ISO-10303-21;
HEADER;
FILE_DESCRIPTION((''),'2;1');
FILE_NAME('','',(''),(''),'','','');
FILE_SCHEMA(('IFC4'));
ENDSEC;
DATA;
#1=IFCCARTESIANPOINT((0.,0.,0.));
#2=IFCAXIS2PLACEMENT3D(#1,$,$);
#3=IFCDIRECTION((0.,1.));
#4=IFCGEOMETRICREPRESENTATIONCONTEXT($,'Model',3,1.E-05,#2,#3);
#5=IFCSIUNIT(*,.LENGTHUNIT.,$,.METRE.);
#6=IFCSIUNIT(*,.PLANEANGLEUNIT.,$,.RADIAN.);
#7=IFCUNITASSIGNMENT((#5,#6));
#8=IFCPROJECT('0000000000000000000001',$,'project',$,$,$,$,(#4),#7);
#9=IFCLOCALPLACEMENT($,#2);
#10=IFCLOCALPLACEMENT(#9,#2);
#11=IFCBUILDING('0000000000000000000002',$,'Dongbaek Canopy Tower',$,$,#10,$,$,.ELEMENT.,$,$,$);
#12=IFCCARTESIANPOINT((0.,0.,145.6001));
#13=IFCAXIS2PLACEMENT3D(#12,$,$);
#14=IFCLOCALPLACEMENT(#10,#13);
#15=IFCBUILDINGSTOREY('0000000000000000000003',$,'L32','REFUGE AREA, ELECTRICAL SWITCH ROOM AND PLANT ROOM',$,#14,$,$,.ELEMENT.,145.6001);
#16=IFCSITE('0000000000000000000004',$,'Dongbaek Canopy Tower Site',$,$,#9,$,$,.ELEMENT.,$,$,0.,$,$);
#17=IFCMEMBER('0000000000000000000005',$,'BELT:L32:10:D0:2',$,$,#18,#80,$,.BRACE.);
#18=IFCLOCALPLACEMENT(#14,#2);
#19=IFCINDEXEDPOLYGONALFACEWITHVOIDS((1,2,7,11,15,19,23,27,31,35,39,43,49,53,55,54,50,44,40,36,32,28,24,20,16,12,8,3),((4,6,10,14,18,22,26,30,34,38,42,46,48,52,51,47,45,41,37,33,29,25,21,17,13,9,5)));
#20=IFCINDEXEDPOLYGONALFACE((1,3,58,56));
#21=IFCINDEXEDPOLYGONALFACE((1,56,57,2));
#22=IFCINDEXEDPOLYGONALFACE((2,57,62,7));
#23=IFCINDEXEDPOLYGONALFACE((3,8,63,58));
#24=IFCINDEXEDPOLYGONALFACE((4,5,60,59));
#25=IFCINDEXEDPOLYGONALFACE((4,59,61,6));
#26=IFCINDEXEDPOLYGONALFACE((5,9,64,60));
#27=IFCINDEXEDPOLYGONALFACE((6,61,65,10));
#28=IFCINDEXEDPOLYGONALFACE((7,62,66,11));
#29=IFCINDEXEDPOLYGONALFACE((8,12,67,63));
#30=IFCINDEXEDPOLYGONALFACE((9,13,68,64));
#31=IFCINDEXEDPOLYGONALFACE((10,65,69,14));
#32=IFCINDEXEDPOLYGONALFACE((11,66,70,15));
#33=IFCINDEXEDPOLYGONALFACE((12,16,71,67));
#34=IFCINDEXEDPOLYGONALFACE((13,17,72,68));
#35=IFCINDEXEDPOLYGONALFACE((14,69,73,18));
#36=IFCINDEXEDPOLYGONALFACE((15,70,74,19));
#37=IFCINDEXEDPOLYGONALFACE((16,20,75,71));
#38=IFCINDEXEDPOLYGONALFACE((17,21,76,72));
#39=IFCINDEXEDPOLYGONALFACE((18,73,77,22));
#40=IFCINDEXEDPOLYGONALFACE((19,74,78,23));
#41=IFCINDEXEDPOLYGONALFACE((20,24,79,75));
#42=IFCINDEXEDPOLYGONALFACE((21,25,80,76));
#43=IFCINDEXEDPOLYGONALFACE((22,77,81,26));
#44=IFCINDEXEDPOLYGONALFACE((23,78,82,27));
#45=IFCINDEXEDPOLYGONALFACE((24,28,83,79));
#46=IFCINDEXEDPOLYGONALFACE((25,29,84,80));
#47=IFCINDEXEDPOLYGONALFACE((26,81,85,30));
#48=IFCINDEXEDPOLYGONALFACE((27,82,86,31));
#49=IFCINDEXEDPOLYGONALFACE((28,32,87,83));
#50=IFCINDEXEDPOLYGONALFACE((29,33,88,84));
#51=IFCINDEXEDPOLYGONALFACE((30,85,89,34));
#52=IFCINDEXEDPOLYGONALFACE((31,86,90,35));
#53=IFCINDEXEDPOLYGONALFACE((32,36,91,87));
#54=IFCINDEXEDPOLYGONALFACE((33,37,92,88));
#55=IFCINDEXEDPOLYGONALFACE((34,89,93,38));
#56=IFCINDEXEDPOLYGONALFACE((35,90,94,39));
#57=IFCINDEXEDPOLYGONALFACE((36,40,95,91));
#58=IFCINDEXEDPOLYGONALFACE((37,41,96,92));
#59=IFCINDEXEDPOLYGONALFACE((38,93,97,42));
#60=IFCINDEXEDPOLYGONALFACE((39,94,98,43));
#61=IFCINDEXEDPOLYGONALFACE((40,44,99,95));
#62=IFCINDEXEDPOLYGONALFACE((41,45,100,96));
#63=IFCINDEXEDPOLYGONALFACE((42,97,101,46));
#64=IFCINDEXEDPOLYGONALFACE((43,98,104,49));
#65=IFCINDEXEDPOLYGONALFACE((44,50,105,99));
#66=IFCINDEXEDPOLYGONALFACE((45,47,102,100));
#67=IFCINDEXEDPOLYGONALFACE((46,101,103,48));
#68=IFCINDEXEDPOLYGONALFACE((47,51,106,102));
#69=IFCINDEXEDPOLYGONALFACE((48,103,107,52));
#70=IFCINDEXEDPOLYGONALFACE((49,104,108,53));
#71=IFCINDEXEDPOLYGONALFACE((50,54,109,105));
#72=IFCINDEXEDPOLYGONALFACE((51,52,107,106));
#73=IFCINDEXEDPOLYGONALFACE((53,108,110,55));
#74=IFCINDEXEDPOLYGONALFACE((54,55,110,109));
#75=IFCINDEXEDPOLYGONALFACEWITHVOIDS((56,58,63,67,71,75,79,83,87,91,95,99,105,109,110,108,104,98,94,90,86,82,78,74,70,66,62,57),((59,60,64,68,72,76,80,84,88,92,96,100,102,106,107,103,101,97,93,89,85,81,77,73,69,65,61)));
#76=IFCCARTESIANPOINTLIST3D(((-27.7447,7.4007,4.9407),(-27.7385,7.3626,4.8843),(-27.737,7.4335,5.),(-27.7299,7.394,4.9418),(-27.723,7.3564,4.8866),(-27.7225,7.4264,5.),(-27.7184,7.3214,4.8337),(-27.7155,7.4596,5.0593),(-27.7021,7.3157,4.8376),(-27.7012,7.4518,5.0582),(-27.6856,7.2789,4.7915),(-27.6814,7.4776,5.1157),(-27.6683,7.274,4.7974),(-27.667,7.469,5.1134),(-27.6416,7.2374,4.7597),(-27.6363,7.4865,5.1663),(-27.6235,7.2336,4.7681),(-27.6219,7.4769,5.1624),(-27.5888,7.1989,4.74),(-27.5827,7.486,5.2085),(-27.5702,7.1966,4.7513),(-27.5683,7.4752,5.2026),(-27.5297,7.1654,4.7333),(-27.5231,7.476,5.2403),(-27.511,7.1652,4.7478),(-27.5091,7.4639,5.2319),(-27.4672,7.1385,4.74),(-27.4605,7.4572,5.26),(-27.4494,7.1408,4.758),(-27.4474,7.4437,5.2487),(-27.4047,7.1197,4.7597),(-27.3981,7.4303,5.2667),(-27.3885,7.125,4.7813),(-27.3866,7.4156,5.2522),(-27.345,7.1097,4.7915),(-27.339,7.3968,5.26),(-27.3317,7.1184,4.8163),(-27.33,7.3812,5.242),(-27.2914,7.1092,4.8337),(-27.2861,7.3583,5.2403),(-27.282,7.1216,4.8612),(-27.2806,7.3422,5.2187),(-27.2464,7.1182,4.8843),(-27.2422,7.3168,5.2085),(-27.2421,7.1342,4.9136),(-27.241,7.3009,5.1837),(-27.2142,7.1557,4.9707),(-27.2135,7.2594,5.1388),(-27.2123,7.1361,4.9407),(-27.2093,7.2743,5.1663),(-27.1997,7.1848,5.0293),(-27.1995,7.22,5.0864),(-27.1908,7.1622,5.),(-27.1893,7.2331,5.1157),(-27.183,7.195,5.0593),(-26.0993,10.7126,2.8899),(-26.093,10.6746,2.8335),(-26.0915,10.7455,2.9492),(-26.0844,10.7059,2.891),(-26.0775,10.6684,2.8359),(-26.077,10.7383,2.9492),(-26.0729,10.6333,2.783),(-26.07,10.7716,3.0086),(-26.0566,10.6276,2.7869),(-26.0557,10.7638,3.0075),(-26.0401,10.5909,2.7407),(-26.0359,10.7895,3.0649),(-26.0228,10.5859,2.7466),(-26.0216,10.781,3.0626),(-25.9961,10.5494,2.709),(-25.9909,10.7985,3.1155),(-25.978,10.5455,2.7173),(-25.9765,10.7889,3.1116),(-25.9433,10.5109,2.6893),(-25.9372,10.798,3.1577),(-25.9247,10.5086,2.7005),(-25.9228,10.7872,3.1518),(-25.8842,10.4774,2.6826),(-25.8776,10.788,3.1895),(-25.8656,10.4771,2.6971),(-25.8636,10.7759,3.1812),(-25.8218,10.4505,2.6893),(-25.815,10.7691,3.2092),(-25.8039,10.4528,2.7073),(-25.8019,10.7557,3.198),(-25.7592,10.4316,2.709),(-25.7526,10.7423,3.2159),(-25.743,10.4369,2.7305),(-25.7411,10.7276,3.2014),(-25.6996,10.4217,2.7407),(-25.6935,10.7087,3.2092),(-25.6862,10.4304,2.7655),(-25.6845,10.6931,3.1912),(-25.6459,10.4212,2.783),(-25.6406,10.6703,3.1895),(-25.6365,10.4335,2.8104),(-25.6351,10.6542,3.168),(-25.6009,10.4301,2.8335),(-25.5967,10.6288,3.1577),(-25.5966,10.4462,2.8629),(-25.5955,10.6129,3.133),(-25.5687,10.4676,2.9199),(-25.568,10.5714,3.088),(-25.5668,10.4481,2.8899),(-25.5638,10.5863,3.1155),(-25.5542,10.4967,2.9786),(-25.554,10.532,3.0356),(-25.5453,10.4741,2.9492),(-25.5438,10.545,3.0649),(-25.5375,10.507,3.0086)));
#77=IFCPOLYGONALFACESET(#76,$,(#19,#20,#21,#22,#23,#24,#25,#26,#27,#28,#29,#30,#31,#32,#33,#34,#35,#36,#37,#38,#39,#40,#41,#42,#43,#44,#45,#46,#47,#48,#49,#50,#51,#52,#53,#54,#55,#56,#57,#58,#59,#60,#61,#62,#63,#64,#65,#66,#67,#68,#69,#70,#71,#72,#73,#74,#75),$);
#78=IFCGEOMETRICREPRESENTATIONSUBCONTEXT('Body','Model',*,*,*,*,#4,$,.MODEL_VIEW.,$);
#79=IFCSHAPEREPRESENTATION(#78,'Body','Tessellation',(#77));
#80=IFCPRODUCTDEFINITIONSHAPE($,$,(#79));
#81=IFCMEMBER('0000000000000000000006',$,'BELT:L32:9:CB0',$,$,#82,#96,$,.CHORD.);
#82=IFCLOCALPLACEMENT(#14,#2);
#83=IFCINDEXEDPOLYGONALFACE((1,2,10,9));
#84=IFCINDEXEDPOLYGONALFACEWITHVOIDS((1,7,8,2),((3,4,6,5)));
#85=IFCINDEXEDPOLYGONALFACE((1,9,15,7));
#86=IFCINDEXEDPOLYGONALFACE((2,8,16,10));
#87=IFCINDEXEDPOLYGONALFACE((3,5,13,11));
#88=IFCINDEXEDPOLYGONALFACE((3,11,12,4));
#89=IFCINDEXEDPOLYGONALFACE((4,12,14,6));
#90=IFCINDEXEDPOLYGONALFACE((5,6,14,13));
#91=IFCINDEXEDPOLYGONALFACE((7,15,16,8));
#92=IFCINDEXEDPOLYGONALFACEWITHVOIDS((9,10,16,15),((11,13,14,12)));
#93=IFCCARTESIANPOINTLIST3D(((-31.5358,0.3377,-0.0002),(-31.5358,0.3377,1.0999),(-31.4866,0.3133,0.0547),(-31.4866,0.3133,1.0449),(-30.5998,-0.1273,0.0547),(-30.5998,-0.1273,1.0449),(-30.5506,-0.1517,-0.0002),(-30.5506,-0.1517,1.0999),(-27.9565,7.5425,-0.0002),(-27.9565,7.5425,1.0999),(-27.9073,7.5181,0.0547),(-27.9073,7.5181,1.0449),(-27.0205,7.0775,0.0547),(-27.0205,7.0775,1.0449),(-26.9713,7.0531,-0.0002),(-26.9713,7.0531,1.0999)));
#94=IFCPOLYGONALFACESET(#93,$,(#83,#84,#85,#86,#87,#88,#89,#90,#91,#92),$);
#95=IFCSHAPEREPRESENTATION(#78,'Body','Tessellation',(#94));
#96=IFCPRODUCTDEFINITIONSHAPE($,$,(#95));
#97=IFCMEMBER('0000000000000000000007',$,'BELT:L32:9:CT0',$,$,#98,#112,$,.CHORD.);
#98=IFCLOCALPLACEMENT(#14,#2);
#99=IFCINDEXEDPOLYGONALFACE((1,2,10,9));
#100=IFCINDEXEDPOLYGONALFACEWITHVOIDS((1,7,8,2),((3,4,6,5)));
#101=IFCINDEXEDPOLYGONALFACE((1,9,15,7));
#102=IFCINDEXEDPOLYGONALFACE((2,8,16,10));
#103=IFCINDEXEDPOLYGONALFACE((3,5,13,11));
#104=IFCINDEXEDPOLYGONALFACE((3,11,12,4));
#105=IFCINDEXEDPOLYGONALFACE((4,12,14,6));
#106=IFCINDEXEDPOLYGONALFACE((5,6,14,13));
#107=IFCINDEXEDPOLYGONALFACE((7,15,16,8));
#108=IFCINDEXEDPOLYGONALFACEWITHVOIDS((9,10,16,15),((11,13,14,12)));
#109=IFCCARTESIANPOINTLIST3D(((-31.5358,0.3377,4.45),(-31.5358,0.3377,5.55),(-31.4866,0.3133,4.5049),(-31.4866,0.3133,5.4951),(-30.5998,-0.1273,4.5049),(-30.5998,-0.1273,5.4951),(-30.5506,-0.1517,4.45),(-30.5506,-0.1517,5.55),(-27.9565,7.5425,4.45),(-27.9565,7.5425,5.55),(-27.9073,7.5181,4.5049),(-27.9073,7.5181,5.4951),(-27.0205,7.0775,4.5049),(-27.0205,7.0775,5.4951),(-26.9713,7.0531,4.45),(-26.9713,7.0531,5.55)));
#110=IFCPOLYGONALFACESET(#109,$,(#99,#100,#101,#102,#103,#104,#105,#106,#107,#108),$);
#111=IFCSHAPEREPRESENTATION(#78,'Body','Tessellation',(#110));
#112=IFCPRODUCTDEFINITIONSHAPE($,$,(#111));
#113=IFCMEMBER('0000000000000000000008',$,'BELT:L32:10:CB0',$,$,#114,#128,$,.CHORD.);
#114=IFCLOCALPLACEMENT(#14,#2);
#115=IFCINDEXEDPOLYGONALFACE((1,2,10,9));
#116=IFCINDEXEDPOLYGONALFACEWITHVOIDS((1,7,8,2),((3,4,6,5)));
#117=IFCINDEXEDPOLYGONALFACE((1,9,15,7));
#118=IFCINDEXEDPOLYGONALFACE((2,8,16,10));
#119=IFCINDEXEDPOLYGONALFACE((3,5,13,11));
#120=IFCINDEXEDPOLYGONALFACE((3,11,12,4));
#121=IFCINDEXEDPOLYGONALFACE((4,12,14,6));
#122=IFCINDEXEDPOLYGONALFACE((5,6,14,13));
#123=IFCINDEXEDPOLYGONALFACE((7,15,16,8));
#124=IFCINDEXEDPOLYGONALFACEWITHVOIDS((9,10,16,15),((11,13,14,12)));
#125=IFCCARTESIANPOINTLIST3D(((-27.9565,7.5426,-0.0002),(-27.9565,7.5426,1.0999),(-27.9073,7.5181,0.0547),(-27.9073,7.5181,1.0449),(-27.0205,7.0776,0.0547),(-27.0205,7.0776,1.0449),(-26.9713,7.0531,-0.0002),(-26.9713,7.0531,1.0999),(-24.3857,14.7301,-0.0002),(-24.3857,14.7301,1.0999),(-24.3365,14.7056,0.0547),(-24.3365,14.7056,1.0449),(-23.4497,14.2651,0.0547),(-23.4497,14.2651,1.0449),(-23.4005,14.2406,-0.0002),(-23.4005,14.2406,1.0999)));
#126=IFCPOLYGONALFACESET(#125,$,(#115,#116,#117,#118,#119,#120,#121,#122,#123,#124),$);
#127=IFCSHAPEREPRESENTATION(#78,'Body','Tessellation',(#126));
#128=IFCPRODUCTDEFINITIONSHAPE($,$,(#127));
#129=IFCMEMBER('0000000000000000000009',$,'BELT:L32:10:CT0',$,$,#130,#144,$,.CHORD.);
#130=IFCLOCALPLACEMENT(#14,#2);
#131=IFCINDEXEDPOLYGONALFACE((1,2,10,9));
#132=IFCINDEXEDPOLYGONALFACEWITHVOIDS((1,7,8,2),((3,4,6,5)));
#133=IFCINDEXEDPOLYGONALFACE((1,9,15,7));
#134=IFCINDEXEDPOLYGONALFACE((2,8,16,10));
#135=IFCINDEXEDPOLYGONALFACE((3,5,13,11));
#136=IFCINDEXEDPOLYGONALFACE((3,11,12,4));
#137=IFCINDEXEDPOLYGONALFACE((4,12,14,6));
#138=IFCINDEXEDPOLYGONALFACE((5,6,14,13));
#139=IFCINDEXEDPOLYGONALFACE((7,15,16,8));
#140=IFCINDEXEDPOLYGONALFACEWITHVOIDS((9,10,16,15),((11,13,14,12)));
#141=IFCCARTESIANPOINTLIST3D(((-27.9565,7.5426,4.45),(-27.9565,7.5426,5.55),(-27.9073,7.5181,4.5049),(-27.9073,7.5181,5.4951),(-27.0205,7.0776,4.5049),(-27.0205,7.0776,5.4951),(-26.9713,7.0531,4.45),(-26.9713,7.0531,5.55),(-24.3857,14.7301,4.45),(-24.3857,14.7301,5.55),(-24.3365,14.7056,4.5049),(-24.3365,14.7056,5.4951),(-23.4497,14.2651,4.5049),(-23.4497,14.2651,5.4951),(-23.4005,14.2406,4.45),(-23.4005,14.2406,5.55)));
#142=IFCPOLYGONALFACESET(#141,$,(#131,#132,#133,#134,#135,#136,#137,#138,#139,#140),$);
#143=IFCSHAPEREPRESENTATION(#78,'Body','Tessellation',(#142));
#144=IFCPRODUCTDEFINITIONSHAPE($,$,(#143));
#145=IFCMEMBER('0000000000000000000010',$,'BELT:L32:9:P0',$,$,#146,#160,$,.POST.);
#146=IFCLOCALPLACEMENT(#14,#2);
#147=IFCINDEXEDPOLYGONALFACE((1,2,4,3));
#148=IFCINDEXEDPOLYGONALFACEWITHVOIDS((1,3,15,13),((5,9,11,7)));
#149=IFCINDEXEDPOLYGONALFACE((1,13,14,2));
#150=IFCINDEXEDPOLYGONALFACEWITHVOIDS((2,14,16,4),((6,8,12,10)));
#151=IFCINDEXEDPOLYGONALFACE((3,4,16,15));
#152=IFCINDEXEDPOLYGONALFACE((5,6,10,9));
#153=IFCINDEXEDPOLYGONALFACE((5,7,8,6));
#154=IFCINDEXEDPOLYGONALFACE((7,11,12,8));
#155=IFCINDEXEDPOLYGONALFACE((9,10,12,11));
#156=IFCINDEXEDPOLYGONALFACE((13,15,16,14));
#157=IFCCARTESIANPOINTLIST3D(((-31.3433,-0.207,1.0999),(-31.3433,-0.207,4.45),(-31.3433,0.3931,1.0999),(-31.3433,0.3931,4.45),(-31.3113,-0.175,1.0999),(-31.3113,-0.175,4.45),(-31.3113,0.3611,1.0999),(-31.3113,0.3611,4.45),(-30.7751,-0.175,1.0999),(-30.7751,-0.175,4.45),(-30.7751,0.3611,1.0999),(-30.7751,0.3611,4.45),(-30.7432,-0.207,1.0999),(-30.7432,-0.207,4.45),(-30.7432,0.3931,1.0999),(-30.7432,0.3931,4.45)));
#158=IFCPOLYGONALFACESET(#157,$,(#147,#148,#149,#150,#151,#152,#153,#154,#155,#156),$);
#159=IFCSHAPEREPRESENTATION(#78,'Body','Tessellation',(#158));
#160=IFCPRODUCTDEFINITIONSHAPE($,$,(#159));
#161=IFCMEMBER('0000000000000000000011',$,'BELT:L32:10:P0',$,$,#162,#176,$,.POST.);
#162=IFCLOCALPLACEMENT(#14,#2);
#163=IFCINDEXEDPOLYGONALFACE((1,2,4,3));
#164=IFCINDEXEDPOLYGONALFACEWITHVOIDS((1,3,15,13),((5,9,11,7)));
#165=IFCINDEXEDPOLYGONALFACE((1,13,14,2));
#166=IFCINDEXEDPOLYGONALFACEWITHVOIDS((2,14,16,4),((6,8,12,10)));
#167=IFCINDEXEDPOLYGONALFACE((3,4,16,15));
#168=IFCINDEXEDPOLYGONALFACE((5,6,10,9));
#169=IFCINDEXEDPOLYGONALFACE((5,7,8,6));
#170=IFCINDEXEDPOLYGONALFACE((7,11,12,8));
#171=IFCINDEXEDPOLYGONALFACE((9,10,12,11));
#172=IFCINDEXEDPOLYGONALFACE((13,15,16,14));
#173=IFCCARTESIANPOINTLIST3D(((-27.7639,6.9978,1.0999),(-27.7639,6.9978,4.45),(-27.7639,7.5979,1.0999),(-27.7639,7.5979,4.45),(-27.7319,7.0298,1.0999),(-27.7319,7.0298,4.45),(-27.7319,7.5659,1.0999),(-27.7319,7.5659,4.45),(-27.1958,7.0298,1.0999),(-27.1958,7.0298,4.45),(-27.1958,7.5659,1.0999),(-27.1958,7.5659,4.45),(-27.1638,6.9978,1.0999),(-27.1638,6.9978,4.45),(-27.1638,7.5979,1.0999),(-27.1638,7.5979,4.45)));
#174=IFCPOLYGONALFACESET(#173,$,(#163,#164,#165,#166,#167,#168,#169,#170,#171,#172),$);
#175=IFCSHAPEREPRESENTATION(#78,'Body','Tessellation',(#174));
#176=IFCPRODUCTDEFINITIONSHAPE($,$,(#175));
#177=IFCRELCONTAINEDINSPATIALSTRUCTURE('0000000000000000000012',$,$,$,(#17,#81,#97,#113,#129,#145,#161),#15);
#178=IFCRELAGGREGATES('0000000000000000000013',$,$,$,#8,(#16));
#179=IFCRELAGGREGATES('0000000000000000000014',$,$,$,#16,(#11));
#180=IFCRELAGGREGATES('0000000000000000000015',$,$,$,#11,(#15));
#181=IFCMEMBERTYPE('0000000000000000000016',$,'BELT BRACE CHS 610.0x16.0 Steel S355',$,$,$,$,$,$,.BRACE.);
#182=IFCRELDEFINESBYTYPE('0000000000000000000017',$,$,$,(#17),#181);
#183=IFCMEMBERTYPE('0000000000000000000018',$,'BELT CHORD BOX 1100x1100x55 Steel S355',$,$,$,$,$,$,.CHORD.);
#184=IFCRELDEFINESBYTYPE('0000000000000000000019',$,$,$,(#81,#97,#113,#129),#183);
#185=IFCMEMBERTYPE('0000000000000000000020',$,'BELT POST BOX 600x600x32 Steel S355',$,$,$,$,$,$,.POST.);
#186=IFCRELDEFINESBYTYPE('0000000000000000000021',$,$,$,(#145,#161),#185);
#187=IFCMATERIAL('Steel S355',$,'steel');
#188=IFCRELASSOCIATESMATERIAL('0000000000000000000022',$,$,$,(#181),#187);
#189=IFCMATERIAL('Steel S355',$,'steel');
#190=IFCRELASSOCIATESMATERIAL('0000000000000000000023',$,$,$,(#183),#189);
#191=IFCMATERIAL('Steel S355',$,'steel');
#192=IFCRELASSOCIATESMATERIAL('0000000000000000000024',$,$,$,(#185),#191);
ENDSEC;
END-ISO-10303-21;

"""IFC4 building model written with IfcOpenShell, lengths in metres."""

from ifc_helpers import new_model, si_unit, direction, frame, origin, origin_2d, place, context, subcontext, project, spatial, hollow_rectangle, hollow_circle, extrude, material, material_profile, profile_set, type_object, element, save


model = new_model("IFC4")

# Units and contexts
model_context = context("Model", 3, precision=1e-05, world=origin(), true_north=direction((0.0, 1.0)))
body_context = subcontext(model_context, "Body", "Model", "MODEL_VIEW")
ifc_project = project(units=[si_unit("LENGTHUNIT", "METRE"), si_unit("PLANEANGLEUNIT", "RADIAN")], contexts=[model_context])

# Site, building, storey
site_placement = place(None, origin())
site = spatial("IfcSite", under=ifc_project, at=site_placement, Name="Dongbaek Canopy Tower Site", CompositionType="ELEMENT", RefElevation=0.0)
building_placement = place(site_placement, origin())
building = spatial("IfcBuilding", under=site, at=building_placement, Name="Dongbaek Canopy Tower", CompositionType="ELEMENT")
storey_placement = place(building_placement, frame((0.0, 0.0, 145.6001)))
storey = spatial("IfcBuildingStorey", under=building, at=storey_placement, Name="L32", Description="REFUGE AREA, ELECTRICAL SWITCH ROOM AND PLANT ROOM", CompositionType="ELEMENT", Elevation=145.6001)

# Members
ifc_material_1 = material(Name="Steel S355", Category="steel")
ifc_material_profile_1 = material_profile(ifc_material_1, hollow_circle(Radius=0.3049, WallThickness=0.0161, at=origin_2d()), Name="BELT BRACE CHS 610.0x16.0 Steel S355")
ifc_profile_set_1 = profile_set([ifc_material_profile_1], Name="Steel S355")
member_type_1 = type_object("IfcMemberType", Name="BELT BRACE CHS 610.0x16.0 Steel S355", PredefinedType="BRACE", material=ifc_profile_set_1)
member_1_placement = place(storey_placement, frame((-27.4639, 7.2979, 5.0), z_axis=(0.389119, 0.783202, -0.484955), x_axis=(-0.89556, 0.444941, 0.0)))
element("IfcMember", 1, at=member_1_placement, inside=storey, type_object=member_type_1, Name="BELT:L32:10:D0:2", PredefinedType="BRACE", context=body_context, shape_type="SweptSolid", body=[
    extrude(hollow_circle(Radius=0.3049, WallThickness=0.0161, at=origin_2d()), origin(), (0.0, 0.0, 1.0), 4.2288),
])
ifc_material_2 = material(Name="Steel S355", Category="steel")
ifc_material_profile_2 = material_profile(ifc_material_2, hollow_rectangle(XDim=1.1001, YDim=1.1001, WallThickness=0.0549, at=origin_2d()), Name="BELT CHORD BOX 1100x1100x55 Steel S355")
ifc_profile_set_2 = profile_set([ifc_material_profile_2], Name="Steel S355")
member_type_2 = type_object("IfcMemberType", Name="BELT CHORD BOX 1100x1100x55 Steel S355", PredefinedType="CHORD", material=ifc_profile_set_2)
for number, where, z_axis, x_axis, name in (
    (2, (-31.0432, 0.093, 0.5498), (0.444918, 0.895571, 0.0), (-0.895571, 0.444918, 0.0), "BELT:L32:9:CB0"),
    (3, (-31.0432, 0.093, 5.0), (0.444918, 0.895571, 0.0), (-0.895571, 0.444918, 0.0), "BELT:L32:9:CT0"),
):
    element("IfcMember", number, at=place(storey_placement, frame(where, z_axis=z_axis, x_axis=x_axis)), inside=storey, type_object=member_type_2, Name=name, PredefinedType="CHORD", context=body_context, shape_type="SweptSolid", body=[
        extrude(hollow_rectangle(XDim=1.1001, YDim=1.1001, WallThickness=0.0549, at=origin_2d()), origin(), (0.0, 0.0, 1.0), 8.0449),
    ])
for number, where, z_axis, x_axis, name in (
    (4, (-27.4639, 7.2979, 0.5498), (0.444925, 0.895568, 0.0), (-0.895568, 0.444925, 0.0), "BELT:L32:10:CB0"),
    (5, (-27.4639, 7.2979, 5.0), (0.444925, 0.895568, 0.0), (-0.895568, 0.444925, 0.0), "BELT:L32:10:CT0"),
):
    element("IfcMember", number, at=place(storey_placement, frame(where, z_axis=z_axis, x_axis=x_axis)), inside=storey, type_object=member_type_2, Name=name, PredefinedType="CHORD", context=body_context, shape_type="SweptSolid", body=[
        extrude(hollow_rectangle(XDim=1.1001, YDim=1.1001, WallThickness=0.0549, at=origin_2d()), origin(), (0.0, 0.0, 1.0), 8.0256),
    ])
ifc_material_3 = material(Name="Steel S355", Category="steel")
ifc_material_profile_3 = material_profile(ifc_material_3, hollow_rectangle(XDim=0.6001, YDim=0.6001, WallThickness=0.032, at=origin_2d()), Name="BELT POST BOX 600x600x32 Steel S355")
ifc_profile_set_3 = profile_set([ifc_material_profile_3], Name="Steel S355")
member_type_3 = type_object("IfcMemberType", Name="BELT POST BOX 600x600x32 Steel S355", PredefinedType="POST", material=ifc_profile_set_3)
for number, where, z_axis, x_axis, name in (
    (6, (-31.0432, 0.093, 1.0999), (0.0, 0.0, 1.0), (1.0, 0.0, 0.0), "BELT:L32:9:P0"),
    (7, (-27.4639, 7.2979, 1.0999), (0.0, 0.0, 1.0), (1.0, 0.0, 0.0), "BELT:L32:10:P0"),
):
    element("IfcMember", number, at=place(storey_placement, frame(where, z_axis=z_axis, x_axis=x_axis)), inside=storey, type_object=member_type_3, Name=name, PredefinedType="POST", context=body_context, shape_type="SweptSolid", body=[
        extrude(hollow_rectangle(XDim=0.6001, YDim=0.6001, WallThickness=0.032, at=origin_2d()), origin(), (0.0, 0.0, 1.0), 3.3501),
    ])

save(model, "model.ifc")
